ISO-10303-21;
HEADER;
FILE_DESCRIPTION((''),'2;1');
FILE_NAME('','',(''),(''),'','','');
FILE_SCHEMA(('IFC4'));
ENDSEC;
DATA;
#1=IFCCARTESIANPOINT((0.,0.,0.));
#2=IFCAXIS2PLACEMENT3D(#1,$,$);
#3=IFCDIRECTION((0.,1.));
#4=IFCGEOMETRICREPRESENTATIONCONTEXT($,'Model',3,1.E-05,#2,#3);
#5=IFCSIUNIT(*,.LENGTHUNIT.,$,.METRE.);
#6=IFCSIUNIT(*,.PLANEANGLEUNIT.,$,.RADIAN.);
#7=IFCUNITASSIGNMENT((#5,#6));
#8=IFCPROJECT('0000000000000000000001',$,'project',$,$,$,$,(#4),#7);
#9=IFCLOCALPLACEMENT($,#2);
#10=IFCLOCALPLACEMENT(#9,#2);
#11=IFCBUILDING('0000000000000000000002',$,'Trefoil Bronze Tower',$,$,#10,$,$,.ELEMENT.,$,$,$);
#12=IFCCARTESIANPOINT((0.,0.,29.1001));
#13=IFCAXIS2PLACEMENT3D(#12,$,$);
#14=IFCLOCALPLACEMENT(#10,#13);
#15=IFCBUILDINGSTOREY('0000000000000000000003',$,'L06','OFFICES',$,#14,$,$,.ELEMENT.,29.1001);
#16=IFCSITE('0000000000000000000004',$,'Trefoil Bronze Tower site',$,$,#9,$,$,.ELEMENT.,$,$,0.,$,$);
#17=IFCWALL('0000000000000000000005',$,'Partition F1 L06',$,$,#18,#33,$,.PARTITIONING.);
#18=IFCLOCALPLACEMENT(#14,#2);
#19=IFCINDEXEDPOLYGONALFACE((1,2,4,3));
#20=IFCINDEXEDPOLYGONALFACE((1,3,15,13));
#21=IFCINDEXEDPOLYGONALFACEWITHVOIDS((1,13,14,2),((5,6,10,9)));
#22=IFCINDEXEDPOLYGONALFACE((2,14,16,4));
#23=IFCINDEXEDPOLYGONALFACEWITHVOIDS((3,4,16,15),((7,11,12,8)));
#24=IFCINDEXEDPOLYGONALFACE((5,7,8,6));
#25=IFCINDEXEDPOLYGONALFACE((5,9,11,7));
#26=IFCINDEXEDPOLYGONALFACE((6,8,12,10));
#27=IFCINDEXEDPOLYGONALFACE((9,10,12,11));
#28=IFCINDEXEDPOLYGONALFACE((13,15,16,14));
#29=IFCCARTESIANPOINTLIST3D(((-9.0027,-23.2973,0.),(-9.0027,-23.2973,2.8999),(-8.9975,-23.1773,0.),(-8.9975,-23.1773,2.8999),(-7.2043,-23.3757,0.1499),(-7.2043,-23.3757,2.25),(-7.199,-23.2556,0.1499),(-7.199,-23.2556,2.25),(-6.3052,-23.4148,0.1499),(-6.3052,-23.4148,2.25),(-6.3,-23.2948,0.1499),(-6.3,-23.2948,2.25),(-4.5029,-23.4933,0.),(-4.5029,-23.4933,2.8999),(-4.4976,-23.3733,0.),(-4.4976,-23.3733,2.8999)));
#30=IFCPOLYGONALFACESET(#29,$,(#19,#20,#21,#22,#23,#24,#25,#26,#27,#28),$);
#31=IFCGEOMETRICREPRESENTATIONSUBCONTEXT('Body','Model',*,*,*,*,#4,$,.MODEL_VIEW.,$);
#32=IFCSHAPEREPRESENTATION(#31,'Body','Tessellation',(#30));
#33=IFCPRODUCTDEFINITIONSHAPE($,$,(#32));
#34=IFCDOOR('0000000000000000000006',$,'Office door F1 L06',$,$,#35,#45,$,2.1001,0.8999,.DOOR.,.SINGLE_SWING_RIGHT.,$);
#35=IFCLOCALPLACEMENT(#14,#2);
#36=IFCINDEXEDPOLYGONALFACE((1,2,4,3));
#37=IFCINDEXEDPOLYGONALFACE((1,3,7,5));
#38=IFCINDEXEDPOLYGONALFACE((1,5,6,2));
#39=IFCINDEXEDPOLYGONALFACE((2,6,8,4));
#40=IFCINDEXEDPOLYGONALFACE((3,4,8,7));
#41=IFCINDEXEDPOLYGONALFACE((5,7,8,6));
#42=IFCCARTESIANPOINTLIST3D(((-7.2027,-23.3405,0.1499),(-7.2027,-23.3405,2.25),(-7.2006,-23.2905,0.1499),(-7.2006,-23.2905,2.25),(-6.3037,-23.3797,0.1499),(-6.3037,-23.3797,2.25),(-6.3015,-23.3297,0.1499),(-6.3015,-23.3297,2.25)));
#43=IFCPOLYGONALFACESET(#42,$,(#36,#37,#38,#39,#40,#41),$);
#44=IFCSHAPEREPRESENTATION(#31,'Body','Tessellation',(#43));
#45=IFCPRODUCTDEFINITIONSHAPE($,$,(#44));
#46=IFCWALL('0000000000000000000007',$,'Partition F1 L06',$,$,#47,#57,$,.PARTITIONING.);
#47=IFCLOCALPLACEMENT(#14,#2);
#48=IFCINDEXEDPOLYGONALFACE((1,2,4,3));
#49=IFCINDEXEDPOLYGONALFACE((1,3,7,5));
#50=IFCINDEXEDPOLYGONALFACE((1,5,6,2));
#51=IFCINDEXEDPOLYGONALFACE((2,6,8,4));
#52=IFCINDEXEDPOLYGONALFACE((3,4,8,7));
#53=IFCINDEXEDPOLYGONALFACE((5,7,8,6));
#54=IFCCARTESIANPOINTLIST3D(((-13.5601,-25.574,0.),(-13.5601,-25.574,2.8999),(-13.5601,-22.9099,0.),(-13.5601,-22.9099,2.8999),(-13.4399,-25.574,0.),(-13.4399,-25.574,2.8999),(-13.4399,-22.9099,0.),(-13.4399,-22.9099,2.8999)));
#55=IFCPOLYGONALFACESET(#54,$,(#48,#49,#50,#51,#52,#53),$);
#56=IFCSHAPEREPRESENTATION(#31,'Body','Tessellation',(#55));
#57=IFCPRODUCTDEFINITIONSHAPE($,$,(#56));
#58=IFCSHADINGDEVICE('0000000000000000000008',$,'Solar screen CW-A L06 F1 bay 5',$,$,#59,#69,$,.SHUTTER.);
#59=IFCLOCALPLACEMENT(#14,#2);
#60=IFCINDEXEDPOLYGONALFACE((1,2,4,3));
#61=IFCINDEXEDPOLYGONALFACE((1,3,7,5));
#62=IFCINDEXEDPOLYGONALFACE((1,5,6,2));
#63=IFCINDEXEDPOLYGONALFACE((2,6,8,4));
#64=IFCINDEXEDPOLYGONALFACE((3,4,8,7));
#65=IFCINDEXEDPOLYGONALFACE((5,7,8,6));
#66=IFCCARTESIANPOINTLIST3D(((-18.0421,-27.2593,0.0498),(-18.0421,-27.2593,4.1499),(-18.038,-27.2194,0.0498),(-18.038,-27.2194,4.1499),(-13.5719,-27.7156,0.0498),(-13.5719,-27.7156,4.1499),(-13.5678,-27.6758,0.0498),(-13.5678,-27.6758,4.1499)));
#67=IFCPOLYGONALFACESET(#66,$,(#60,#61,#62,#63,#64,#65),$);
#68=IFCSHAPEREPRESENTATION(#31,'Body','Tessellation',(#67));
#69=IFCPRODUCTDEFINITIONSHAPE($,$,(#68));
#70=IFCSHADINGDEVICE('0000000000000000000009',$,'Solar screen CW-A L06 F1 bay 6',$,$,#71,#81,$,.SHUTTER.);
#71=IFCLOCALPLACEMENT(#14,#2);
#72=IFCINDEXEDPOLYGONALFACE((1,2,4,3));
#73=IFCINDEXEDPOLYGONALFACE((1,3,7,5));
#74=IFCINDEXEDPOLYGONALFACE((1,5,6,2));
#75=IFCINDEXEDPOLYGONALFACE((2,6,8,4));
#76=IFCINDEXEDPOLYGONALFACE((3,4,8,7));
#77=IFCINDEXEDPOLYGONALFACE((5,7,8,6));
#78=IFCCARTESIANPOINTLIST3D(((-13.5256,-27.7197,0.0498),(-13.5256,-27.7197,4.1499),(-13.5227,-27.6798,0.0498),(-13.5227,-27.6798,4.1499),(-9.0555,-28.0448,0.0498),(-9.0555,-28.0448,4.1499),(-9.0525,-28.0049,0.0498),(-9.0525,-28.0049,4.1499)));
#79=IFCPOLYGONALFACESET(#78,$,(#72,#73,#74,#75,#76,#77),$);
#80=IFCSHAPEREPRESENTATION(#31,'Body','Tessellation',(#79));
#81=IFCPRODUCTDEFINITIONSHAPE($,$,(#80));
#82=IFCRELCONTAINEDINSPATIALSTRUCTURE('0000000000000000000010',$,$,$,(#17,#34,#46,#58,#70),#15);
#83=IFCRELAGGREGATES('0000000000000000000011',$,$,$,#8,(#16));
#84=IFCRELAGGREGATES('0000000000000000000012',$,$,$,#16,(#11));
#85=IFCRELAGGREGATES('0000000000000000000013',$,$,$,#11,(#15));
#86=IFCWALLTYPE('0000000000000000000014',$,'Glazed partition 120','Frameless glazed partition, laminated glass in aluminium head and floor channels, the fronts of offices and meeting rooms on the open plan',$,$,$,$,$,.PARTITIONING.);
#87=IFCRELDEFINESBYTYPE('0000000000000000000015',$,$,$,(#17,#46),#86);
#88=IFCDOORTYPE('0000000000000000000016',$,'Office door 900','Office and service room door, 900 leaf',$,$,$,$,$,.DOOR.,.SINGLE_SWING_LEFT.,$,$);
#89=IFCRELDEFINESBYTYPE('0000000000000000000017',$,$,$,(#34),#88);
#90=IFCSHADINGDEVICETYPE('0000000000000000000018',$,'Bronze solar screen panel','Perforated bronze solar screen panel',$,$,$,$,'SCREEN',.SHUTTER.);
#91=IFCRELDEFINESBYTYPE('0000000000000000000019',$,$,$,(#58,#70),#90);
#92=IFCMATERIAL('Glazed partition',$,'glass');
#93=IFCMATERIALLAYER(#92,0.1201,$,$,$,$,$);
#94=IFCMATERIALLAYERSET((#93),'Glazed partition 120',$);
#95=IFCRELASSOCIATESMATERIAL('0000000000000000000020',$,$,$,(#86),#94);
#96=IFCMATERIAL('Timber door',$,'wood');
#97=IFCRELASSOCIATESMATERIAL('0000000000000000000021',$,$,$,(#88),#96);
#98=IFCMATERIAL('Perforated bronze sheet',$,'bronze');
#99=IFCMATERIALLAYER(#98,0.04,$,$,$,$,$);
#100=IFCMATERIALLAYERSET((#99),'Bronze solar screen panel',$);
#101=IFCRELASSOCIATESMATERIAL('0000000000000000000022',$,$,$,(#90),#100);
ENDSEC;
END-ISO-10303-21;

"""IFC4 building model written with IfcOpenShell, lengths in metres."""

from ifc_helpers import new_model, si_unit, direction, frame, frame_2d, origin, origin_2d, place, context, subcontext, project, spatial, rectangle, extrude, material, layer, layer_set, type_object, element, fill, save


model = new_model("IFC4")

# Units and contexts
model_context = context("Model", 3, precision=1e-05, world=origin(), true_north=direction((0.0, 1.0)))
body_context = subcontext(model_context, "Body", "Model", "MODEL_VIEW")
ifc_project = project(units=[si_unit("LENGTHUNIT", "METRE"), si_unit("PLANEANGLEUNIT", "RADIAN")], contexts=[model_context])

# Site, building, storey
site_placement = place(None, origin())
site = spatial("IfcSite", under=ifc_project, at=site_placement, Name="Trefoil Bronze Tower site", CompositionType="ELEMENT", RefElevation=0.0)
building_placement = place(site_placement, origin())
building = spatial("IfcBuilding", under=site, at=building_placement, Name="Trefoil Bronze Tower", CompositionType="ELEMENT")
storey_placement = place(building_placement, frame((0.0, 0.0, 29.1001)))
storey = spatial("IfcBuildingStorey", under=building, at=storey_placement, Name="L06", Description="OFFICES", CompositionType="ELEMENT", Elevation=29.1001)

# Wall, opening, door
ifc_material_1 = material(Name="Glazed partition", Category="glass")
ifc_layer_1 = layer(ifc_material_1, 0.1201)
ifc_layer_set_1 = layer_set([ifc_layer_1], Name="Glazed partition 120")
wall_type = type_object("IfcWallType", Name="Glazed partition 120", Description="Frameless glazed partition, laminated glass in aluminium head and floor channels, the fronts of offices and meeting rooms on the open plan", PredefinedType="PARTITIONING", material=ifc_layer_set_1)
ifc_material_2 = material(Name="Timber door", Category="wood")
door_type_1 = type_object("IfcDoorType", Name="Office door 900", Description="Office and service room door, 900 leaf", OperationType="SINGLE_SWING_LEFT", PredefinedType="DOOR", material=ifc_material_2)
wall_1_placement = place(storey_placement, frame((-9.0, -23.2373, 0.0), z_axis=(0.0, 0.0, 1.0), x_axis=(0.999052, -0.043524, 0.0)))
wall_1 = element("IfcWall", 1, at=wall_1_placement, inside=storey, type_object=wall_type, Name="Partition F1 L06", PredefinedType="PARTITIONING", context=body_context, shape_type="SweptSolid", body=[
    extrude(rectangle(XDim=4.5042, YDim=0.1201, at=frame_2d((2.252, 0.0))), origin(), (0.0, 0.0, 1.0), 2.8999),
])
opening_1_placement = place(wall_1_placement, frame((1.8, 0.0, 0.1499)))
opening_1 = element("IfcOpeningElement", 2, at=opening_1_placement, cuts=wall_1, PredefinedType="OPENING", context=body_context, shape_type="SweptSolid", body=[
    extrude(rectangle(XDim=0.8999, YDim=2.1001, at=frame_2d((0.45, 1.05))), frame((0.0, 0.0701, 0.0), z_axis=(0.0, -1.0, 0.0), x_axis=(1.0, 0.0, 0.0)), (0.0, 0.0, 1.0), 0.1401),
])
door_1_placement = place(opening_1_placement, frame((0.8999, 0.0, 0.0), z_axis=(0.0, 0.0, 1.0), x_axis=(-1.0, 0.0, 0.0)))
door_1 = element("IfcDoor", 3, at=door_1_placement, inside=storey, type_object=door_type_1, Name="Office door F1 L06", OperationType="SINGLE_SWING_RIGHT", OverallHeight=2.1001, OverallWidth=0.8999, PredefinedType="DOOR", context=body_context, shape_type="SweptSolid", body=[
    extrude(rectangle(XDim=0.8999, YDim=2.1001, at=frame_2d((0.45, 1.05))), frame((0.0, 0.0249, 0.0), z_axis=(0.0, -1.0, 0.0), x_axis=(1.0, 0.0, 0.0)), (0.0, 0.0, 1.0), 0.05),
])
fill(opening_1, door_1)

# Wall
wall_2_placement = place(storey_placement, frame((-13.5, -22.9099, 0.0), z_axis=(0.0, 0.0, 1.0), x_axis=(0.0, -1.0, 0.0)))
element("IfcWall", 4, at=wall_2_placement, inside=storey, type_object=wall_type, Name="Partition F1 L06", PredefinedType="PARTITIONING", context=body_context, shape_type="SweptSolid", body=[
    extrude(rectangle(XDim=2.6641, YDim=0.1201, at=frame_2d((1.332, 0.0))), origin(), (0.0, 0.0, 1.0), 2.8999),
])

# Shading devices
ifc_material_3 = material(Name="Perforated bronze sheet", Category="bronze")
ifc_layer_2 = layer(ifc_material_3, 0.04)
ifc_layer_set_2 = layer_set([ifc_layer_2], Name="Bronze solar screen panel")
shading_device_type = type_object("IfcShadingDeviceType", Name="Bronze solar screen panel", Description="Perforated bronze solar screen panel", ElementType="SCREEN", PredefinedType="SHUTTER", material=ifc_layer_set_2)
shading_device_1_placement = place(storey_placement, frame((-15.8049, -27.4675, 0.0498), z_axis=(0.0, 0.0, 1.0), x_axis=(0.994829, -0.101565, 0.0)))
element("IfcShadingDevice", 5, at=shading_device_1_placement, inside=storey, type_object=shading_device_type, Name="Solar screen CW-A L06 F1 bay 5", PredefinedType="SHUTTER", context=body_context, shape_type="SweptSolid", body=[
    extrude(rectangle(XDim=4.4934, YDim=0.04, at=origin_2d()), origin(), (0.0, 0.0, 1.0), 4.1001),
])
shading_device_2_placement = place(storey_placement, frame((-11.2891, -27.8623, 0.0498), z_axis=(0.0, 0.0, 1.0), x_axis=(0.997365, -0.072547, 0.0)))
element("IfcShadingDevice", 6, at=shading_device_2_placement, inside=storey, type_object=shading_device_type, Name="Solar screen CW-A L06 F1 bay 6", PredefinedType="SHUTTER", context=body_context, shape_type="SweptSolid", body=[
    extrude(rectangle(XDim=4.4819, YDim=0.04, at=origin_2d()), origin(), (0.0, 0.0, 1.0), 4.1001),
])

save(model, "model.ifc")
